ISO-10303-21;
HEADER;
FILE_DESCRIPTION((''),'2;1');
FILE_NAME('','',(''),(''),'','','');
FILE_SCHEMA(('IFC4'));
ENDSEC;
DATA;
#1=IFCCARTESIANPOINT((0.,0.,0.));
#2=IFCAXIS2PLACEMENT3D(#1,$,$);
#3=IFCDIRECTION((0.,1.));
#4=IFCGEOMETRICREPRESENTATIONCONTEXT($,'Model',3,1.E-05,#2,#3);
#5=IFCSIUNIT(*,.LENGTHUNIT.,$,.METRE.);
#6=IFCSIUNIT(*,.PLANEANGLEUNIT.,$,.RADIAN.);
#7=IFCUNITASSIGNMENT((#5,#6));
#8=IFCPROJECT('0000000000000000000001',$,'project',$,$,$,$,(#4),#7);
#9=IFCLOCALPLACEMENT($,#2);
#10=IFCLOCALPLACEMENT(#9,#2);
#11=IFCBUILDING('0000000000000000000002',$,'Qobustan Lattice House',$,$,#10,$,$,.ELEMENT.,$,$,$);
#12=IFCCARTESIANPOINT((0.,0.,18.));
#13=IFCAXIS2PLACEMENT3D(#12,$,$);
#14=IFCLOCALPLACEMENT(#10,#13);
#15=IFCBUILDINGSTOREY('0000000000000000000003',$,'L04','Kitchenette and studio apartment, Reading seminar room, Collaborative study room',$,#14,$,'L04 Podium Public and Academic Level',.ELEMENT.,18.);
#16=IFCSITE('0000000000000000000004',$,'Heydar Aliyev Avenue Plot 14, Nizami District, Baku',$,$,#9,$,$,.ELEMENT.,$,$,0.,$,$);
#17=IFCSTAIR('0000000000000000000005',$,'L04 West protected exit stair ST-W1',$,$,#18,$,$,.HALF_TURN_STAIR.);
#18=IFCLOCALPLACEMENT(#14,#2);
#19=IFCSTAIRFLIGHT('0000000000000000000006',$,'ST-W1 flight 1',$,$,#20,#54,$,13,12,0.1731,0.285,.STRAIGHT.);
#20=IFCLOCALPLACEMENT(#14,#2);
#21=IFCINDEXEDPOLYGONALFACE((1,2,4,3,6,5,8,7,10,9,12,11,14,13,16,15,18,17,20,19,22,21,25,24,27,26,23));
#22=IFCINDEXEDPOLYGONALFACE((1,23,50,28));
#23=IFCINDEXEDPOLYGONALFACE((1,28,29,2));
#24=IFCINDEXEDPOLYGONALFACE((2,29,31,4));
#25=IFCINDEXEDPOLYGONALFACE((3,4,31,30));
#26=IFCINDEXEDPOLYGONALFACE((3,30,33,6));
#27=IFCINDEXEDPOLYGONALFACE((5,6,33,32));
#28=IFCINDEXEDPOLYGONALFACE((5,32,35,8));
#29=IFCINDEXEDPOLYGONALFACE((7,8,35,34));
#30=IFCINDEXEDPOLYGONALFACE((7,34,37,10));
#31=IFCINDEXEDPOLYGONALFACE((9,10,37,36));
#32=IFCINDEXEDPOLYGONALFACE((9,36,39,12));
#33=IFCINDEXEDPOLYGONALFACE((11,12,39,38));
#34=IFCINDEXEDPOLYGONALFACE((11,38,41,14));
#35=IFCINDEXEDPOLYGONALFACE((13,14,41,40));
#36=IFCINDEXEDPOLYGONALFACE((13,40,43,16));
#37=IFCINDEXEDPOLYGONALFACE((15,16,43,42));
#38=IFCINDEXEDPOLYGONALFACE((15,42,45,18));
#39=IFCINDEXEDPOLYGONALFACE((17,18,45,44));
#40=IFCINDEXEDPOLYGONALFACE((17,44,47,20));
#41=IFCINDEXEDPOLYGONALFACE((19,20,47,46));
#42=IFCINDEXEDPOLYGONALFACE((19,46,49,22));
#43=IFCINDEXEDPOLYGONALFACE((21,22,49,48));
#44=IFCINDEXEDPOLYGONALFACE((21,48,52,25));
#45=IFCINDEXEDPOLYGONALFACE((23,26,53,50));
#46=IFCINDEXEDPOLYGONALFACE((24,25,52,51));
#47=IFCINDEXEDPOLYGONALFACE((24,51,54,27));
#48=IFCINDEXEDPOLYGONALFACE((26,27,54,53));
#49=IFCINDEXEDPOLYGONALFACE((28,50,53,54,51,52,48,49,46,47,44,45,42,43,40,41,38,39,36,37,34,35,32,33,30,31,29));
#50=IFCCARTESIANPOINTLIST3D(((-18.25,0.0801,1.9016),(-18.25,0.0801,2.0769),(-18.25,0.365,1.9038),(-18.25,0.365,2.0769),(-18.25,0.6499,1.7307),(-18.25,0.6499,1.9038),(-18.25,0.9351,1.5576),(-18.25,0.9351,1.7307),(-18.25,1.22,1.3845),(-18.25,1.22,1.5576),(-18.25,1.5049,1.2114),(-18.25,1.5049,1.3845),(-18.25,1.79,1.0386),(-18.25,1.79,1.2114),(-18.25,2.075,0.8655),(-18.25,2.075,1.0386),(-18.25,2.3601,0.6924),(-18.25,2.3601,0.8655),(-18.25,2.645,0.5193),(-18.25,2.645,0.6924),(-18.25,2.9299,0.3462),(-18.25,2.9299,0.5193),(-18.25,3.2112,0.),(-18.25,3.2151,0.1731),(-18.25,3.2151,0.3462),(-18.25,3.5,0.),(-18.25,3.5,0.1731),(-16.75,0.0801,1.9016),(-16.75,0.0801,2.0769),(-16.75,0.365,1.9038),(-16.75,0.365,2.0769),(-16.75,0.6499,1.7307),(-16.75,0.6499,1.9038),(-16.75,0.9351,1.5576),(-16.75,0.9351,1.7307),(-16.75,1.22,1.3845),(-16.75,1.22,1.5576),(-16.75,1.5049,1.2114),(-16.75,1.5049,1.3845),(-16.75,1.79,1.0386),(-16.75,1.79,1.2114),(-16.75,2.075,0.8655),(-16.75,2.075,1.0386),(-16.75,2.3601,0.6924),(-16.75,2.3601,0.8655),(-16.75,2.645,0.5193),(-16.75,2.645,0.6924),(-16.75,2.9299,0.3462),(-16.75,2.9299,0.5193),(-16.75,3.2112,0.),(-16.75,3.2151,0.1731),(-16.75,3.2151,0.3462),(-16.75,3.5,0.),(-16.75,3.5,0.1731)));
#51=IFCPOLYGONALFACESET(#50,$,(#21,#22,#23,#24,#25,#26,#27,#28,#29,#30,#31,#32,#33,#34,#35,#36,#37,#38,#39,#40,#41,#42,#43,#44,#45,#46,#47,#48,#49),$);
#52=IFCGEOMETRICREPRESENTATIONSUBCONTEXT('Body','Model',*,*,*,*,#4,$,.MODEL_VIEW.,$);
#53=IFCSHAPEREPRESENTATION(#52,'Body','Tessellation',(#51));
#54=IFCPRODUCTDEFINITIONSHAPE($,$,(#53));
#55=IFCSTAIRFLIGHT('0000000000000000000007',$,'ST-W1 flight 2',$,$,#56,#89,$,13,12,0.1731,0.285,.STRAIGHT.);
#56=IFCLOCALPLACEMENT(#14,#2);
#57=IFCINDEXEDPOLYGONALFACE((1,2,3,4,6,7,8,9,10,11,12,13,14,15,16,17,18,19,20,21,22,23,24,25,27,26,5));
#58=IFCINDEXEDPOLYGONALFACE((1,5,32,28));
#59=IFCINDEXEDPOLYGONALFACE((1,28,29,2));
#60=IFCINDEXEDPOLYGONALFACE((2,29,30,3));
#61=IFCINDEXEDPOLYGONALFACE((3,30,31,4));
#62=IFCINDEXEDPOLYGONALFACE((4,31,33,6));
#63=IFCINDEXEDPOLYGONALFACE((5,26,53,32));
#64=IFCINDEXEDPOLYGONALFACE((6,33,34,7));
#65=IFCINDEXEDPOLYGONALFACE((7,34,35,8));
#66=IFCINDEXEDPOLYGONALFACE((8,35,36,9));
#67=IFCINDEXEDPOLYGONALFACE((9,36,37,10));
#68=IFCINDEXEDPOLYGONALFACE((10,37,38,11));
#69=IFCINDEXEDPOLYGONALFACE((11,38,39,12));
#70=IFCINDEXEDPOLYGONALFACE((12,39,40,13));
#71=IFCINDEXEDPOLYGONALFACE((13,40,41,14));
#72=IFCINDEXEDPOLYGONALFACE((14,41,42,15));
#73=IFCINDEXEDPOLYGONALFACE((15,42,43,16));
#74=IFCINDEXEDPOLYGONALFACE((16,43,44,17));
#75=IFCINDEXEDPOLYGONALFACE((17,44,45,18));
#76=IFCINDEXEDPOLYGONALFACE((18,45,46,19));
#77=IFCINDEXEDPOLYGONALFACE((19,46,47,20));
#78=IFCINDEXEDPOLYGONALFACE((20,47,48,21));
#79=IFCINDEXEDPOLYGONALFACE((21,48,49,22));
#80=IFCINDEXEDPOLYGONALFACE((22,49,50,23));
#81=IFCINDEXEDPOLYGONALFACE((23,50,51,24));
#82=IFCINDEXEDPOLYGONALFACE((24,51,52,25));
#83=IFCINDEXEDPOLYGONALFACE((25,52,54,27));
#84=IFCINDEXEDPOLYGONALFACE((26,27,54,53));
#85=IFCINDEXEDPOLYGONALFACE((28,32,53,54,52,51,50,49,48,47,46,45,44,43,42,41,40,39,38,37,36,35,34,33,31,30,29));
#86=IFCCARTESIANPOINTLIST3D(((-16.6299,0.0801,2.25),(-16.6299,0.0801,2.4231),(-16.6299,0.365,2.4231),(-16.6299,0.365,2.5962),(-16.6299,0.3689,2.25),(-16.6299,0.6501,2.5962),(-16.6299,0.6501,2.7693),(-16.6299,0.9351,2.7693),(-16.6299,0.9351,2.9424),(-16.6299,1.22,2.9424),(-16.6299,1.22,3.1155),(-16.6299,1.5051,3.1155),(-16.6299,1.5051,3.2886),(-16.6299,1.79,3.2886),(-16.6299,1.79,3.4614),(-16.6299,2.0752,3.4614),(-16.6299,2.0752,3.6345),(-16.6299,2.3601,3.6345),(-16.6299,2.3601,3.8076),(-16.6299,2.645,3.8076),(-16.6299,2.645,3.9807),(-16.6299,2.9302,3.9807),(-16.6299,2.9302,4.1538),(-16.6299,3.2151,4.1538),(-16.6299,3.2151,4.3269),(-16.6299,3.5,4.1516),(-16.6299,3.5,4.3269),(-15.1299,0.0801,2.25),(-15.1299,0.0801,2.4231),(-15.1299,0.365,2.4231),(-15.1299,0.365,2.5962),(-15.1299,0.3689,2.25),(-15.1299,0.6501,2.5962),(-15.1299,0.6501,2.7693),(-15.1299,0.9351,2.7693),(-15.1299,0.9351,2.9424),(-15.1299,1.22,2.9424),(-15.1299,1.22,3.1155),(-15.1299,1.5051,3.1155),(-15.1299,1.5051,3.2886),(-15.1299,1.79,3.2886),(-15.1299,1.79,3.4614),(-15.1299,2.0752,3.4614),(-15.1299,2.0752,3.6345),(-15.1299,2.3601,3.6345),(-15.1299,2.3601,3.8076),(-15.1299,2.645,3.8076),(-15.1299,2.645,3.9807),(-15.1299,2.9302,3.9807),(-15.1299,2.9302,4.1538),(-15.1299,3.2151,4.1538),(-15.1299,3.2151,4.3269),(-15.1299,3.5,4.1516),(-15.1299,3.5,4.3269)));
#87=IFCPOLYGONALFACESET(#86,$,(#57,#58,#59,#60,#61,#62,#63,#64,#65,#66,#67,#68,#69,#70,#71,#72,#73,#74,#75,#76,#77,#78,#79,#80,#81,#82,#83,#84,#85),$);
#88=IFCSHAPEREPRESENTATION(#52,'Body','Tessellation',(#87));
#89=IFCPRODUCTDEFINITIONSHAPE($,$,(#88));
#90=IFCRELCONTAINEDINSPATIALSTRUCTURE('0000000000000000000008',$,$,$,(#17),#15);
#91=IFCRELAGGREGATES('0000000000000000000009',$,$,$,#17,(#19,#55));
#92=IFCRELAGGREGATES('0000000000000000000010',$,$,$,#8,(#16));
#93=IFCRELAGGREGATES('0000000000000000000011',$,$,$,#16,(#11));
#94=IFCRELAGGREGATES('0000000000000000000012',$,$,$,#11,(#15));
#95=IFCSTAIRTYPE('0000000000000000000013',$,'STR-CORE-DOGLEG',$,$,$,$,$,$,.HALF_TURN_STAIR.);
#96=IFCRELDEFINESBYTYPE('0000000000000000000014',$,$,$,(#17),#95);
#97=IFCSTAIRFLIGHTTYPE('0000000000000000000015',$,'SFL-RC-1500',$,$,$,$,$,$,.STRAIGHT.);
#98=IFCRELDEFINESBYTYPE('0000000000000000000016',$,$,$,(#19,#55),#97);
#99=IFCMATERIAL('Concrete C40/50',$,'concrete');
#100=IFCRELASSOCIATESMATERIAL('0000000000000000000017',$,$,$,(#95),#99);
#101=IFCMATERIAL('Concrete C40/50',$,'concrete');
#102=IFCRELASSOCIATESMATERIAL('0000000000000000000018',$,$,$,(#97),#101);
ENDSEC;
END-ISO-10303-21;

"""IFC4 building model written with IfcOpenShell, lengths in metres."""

from ifc_helpers import new_model, si_unit, direction, frame, origin, place, context, subcontext, project, spatial, polyline, outline, extrude, material, type_object, element, aggregate, save


model = new_model("IFC4")

# Units and contexts
model_context = context("Model", 3, precision=1e-05, world=origin(), true_north=direction((0.0, 1.0)))
body_context = subcontext(model_context, "Body", "Model", "MODEL_VIEW")
ifc_project = project(units=[si_unit("LENGTHUNIT", "METRE"), si_unit("PLANEANGLEUNIT", "RADIAN")], contexts=[model_context])

# Site, building, storey
site_placement = place(None, origin())
site = spatial("IfcSite", under=ifc_project, at=site_placement, Name="Heydar Aliyev Avenue Plot 14, Nizami District, Baku", CompositionType="ELEMENT", RefElevation=0.0)
building_placement = place(site_placement, origin())
building = spatial("IfcBuilding", under=site, at=building_placement, Name="Qobustan Lattice House", CompositionType="ELEMENT")
storey_placement = place(building_placement, frame((0.0, 0.0, 18.0)))
storey = spatial("IfcBuildingStorey", under=building, at=storey_placement, Name="L04", Description="Kitchenette and studio apartment, Reading seminar room, Collaborative study room", LongName="L04 Podium Public and Academic Level", CompositionType="ELEMENT", Elevation=18.0)

# Stair, stair flights
ifc_material_1 = material(Name="Concrete C40/50", Category="concrete")
stair_type = type_object("IfcStairType", Name="STR-CORE-DOGLEG", PredefinedType="HALF_TURN_STAIR", material=ifc_material_1)
stair_placement = place(storey_placement, origin())
stair = element("IfcStair", 1, at=stair_placement, inside=storey, type_object=stair_type, Name="L04 West protected exit stair ST-W1", PredefinedType="HALF_TURN_STAIR")
ifc_material_2 = material(Name="Concrete C40/50", Category="concrete")
stair_flight_type = type_object("IfcStairFlightType", Name="SFL-RC-1500", PredefinedType="STRAIGHT", material=ifc_material_2)
stair_flight_1_placement = place(storey_placement, frame((-17.5, 3.5, 0.0), z_axis=(0.0, 0.0, 1.0), x_axis=(0.0, -1.0, 0.0)))
stair_flight_1 = element("IfcStairFlight", 2, at=stair_flight_1_placement, type_object=stair_flight_type, Name="ST-W1 flight 1", NumberOfRisers=13, NumberOfTreads=12, PredefinedType="STRAIGHT", RiserHeight=0.1731, TreadLength=0.285, context=body_context, shape_type="SweptSolid", body=[
    extrude(outline(polyline([(0.0, 0.0), (0.0, 0.1731), (0.2849, 0.1731), (0.2849, 0.3462), (0.5701, 0.3462), (0.5701, 0.5193), (0.855, 0.5193), (0.855, 0.6924), (1.1399, 0.6924), (1.1399, 0.8655), (1.425, 0.8655), (1.425, 1.0386), (1.71, 1.0386), (1.71, 1.2114), (1.9951, 1.2114), (1.9951, 1.3845), (2.28, 1.3845), (2.28, 1.5576), (2.5649, 1.5576), (2.5649, 1.7307), (2.8501, 1.7307), (2.8501, 1.9038), (3.135, 1.9038), (3.135, 2.0769), (3.4199, 2.0769), (3.4199, 2.25), (3.4199, 1.9016), (0.2888, 0.0), (0.0, 0.0)])), frame((0.0, 0.75, 0.0), z_axis=(0.0, -1.0, 0.0), x_axis=(1.0, 0.0, 0.0)), (0.0, 0.0, 1.0), 1.5),
])
stair_flight_2_placement = place(storey_placement, frame((-15.8799, 0.0801, 2.25), z_axis=(0.0, 0.0, 1.0), x_axis=(0.0, 1.0, 0.0)))
stair_flight_2 = element("IfcStairFlight", 3, at=stair_flight_2_placement, type_object=stair_flight_type, Name="ST-W1 flight 2", NumberOfRisers=13, NumberOfTreads=12, PredefinedType="STRAIGHT", RiserHeight=0.1731, TreadLength=0.285, context=body_context, shape_type="SweptSolid", body=[
    extrude(outline(polyline([(0.0, 0.0), (0.0, 0.1731), (0.2849, 0.1731), (0.2849, 0.3462), (0.5701, 0.3462), (0.5701, 0.5193), (0.855, 0.5193), (0.855, 0.6924), (1.1399, 0.6924), (1.1399, 0.8655), (1.425, 0.8655), (1.425, 1.0386), (1.71, 1.0386), (1.71, 1.2114), (1.9951, 1.2114), (1.9951, 1.3845), (2.28, 1.3845), (2.28, 1.5576), (2.5649, 1.5576), (2.5649, 1.7307), (2.8501, 1.7307), (2.8501, 1.9038), (3.135, 1.9038), (3.135, 2.0769), (3.4199, 2.0769), (3.4199, 2.25), (3.4199, 1.9016), (0.2888, 0.0), (0.0, 0.0)])), frame((0.0, 0.75, 0.0), z_axis=(0.0, -1.0, 0.0), x_axis=(1.0, 0.0, 0.0)), (0.0, 0.0, 1.0), 1.5),
])
aggregate(stair, [stair_flight_1, stair_flight_2])

save(model, "model.ifc")
